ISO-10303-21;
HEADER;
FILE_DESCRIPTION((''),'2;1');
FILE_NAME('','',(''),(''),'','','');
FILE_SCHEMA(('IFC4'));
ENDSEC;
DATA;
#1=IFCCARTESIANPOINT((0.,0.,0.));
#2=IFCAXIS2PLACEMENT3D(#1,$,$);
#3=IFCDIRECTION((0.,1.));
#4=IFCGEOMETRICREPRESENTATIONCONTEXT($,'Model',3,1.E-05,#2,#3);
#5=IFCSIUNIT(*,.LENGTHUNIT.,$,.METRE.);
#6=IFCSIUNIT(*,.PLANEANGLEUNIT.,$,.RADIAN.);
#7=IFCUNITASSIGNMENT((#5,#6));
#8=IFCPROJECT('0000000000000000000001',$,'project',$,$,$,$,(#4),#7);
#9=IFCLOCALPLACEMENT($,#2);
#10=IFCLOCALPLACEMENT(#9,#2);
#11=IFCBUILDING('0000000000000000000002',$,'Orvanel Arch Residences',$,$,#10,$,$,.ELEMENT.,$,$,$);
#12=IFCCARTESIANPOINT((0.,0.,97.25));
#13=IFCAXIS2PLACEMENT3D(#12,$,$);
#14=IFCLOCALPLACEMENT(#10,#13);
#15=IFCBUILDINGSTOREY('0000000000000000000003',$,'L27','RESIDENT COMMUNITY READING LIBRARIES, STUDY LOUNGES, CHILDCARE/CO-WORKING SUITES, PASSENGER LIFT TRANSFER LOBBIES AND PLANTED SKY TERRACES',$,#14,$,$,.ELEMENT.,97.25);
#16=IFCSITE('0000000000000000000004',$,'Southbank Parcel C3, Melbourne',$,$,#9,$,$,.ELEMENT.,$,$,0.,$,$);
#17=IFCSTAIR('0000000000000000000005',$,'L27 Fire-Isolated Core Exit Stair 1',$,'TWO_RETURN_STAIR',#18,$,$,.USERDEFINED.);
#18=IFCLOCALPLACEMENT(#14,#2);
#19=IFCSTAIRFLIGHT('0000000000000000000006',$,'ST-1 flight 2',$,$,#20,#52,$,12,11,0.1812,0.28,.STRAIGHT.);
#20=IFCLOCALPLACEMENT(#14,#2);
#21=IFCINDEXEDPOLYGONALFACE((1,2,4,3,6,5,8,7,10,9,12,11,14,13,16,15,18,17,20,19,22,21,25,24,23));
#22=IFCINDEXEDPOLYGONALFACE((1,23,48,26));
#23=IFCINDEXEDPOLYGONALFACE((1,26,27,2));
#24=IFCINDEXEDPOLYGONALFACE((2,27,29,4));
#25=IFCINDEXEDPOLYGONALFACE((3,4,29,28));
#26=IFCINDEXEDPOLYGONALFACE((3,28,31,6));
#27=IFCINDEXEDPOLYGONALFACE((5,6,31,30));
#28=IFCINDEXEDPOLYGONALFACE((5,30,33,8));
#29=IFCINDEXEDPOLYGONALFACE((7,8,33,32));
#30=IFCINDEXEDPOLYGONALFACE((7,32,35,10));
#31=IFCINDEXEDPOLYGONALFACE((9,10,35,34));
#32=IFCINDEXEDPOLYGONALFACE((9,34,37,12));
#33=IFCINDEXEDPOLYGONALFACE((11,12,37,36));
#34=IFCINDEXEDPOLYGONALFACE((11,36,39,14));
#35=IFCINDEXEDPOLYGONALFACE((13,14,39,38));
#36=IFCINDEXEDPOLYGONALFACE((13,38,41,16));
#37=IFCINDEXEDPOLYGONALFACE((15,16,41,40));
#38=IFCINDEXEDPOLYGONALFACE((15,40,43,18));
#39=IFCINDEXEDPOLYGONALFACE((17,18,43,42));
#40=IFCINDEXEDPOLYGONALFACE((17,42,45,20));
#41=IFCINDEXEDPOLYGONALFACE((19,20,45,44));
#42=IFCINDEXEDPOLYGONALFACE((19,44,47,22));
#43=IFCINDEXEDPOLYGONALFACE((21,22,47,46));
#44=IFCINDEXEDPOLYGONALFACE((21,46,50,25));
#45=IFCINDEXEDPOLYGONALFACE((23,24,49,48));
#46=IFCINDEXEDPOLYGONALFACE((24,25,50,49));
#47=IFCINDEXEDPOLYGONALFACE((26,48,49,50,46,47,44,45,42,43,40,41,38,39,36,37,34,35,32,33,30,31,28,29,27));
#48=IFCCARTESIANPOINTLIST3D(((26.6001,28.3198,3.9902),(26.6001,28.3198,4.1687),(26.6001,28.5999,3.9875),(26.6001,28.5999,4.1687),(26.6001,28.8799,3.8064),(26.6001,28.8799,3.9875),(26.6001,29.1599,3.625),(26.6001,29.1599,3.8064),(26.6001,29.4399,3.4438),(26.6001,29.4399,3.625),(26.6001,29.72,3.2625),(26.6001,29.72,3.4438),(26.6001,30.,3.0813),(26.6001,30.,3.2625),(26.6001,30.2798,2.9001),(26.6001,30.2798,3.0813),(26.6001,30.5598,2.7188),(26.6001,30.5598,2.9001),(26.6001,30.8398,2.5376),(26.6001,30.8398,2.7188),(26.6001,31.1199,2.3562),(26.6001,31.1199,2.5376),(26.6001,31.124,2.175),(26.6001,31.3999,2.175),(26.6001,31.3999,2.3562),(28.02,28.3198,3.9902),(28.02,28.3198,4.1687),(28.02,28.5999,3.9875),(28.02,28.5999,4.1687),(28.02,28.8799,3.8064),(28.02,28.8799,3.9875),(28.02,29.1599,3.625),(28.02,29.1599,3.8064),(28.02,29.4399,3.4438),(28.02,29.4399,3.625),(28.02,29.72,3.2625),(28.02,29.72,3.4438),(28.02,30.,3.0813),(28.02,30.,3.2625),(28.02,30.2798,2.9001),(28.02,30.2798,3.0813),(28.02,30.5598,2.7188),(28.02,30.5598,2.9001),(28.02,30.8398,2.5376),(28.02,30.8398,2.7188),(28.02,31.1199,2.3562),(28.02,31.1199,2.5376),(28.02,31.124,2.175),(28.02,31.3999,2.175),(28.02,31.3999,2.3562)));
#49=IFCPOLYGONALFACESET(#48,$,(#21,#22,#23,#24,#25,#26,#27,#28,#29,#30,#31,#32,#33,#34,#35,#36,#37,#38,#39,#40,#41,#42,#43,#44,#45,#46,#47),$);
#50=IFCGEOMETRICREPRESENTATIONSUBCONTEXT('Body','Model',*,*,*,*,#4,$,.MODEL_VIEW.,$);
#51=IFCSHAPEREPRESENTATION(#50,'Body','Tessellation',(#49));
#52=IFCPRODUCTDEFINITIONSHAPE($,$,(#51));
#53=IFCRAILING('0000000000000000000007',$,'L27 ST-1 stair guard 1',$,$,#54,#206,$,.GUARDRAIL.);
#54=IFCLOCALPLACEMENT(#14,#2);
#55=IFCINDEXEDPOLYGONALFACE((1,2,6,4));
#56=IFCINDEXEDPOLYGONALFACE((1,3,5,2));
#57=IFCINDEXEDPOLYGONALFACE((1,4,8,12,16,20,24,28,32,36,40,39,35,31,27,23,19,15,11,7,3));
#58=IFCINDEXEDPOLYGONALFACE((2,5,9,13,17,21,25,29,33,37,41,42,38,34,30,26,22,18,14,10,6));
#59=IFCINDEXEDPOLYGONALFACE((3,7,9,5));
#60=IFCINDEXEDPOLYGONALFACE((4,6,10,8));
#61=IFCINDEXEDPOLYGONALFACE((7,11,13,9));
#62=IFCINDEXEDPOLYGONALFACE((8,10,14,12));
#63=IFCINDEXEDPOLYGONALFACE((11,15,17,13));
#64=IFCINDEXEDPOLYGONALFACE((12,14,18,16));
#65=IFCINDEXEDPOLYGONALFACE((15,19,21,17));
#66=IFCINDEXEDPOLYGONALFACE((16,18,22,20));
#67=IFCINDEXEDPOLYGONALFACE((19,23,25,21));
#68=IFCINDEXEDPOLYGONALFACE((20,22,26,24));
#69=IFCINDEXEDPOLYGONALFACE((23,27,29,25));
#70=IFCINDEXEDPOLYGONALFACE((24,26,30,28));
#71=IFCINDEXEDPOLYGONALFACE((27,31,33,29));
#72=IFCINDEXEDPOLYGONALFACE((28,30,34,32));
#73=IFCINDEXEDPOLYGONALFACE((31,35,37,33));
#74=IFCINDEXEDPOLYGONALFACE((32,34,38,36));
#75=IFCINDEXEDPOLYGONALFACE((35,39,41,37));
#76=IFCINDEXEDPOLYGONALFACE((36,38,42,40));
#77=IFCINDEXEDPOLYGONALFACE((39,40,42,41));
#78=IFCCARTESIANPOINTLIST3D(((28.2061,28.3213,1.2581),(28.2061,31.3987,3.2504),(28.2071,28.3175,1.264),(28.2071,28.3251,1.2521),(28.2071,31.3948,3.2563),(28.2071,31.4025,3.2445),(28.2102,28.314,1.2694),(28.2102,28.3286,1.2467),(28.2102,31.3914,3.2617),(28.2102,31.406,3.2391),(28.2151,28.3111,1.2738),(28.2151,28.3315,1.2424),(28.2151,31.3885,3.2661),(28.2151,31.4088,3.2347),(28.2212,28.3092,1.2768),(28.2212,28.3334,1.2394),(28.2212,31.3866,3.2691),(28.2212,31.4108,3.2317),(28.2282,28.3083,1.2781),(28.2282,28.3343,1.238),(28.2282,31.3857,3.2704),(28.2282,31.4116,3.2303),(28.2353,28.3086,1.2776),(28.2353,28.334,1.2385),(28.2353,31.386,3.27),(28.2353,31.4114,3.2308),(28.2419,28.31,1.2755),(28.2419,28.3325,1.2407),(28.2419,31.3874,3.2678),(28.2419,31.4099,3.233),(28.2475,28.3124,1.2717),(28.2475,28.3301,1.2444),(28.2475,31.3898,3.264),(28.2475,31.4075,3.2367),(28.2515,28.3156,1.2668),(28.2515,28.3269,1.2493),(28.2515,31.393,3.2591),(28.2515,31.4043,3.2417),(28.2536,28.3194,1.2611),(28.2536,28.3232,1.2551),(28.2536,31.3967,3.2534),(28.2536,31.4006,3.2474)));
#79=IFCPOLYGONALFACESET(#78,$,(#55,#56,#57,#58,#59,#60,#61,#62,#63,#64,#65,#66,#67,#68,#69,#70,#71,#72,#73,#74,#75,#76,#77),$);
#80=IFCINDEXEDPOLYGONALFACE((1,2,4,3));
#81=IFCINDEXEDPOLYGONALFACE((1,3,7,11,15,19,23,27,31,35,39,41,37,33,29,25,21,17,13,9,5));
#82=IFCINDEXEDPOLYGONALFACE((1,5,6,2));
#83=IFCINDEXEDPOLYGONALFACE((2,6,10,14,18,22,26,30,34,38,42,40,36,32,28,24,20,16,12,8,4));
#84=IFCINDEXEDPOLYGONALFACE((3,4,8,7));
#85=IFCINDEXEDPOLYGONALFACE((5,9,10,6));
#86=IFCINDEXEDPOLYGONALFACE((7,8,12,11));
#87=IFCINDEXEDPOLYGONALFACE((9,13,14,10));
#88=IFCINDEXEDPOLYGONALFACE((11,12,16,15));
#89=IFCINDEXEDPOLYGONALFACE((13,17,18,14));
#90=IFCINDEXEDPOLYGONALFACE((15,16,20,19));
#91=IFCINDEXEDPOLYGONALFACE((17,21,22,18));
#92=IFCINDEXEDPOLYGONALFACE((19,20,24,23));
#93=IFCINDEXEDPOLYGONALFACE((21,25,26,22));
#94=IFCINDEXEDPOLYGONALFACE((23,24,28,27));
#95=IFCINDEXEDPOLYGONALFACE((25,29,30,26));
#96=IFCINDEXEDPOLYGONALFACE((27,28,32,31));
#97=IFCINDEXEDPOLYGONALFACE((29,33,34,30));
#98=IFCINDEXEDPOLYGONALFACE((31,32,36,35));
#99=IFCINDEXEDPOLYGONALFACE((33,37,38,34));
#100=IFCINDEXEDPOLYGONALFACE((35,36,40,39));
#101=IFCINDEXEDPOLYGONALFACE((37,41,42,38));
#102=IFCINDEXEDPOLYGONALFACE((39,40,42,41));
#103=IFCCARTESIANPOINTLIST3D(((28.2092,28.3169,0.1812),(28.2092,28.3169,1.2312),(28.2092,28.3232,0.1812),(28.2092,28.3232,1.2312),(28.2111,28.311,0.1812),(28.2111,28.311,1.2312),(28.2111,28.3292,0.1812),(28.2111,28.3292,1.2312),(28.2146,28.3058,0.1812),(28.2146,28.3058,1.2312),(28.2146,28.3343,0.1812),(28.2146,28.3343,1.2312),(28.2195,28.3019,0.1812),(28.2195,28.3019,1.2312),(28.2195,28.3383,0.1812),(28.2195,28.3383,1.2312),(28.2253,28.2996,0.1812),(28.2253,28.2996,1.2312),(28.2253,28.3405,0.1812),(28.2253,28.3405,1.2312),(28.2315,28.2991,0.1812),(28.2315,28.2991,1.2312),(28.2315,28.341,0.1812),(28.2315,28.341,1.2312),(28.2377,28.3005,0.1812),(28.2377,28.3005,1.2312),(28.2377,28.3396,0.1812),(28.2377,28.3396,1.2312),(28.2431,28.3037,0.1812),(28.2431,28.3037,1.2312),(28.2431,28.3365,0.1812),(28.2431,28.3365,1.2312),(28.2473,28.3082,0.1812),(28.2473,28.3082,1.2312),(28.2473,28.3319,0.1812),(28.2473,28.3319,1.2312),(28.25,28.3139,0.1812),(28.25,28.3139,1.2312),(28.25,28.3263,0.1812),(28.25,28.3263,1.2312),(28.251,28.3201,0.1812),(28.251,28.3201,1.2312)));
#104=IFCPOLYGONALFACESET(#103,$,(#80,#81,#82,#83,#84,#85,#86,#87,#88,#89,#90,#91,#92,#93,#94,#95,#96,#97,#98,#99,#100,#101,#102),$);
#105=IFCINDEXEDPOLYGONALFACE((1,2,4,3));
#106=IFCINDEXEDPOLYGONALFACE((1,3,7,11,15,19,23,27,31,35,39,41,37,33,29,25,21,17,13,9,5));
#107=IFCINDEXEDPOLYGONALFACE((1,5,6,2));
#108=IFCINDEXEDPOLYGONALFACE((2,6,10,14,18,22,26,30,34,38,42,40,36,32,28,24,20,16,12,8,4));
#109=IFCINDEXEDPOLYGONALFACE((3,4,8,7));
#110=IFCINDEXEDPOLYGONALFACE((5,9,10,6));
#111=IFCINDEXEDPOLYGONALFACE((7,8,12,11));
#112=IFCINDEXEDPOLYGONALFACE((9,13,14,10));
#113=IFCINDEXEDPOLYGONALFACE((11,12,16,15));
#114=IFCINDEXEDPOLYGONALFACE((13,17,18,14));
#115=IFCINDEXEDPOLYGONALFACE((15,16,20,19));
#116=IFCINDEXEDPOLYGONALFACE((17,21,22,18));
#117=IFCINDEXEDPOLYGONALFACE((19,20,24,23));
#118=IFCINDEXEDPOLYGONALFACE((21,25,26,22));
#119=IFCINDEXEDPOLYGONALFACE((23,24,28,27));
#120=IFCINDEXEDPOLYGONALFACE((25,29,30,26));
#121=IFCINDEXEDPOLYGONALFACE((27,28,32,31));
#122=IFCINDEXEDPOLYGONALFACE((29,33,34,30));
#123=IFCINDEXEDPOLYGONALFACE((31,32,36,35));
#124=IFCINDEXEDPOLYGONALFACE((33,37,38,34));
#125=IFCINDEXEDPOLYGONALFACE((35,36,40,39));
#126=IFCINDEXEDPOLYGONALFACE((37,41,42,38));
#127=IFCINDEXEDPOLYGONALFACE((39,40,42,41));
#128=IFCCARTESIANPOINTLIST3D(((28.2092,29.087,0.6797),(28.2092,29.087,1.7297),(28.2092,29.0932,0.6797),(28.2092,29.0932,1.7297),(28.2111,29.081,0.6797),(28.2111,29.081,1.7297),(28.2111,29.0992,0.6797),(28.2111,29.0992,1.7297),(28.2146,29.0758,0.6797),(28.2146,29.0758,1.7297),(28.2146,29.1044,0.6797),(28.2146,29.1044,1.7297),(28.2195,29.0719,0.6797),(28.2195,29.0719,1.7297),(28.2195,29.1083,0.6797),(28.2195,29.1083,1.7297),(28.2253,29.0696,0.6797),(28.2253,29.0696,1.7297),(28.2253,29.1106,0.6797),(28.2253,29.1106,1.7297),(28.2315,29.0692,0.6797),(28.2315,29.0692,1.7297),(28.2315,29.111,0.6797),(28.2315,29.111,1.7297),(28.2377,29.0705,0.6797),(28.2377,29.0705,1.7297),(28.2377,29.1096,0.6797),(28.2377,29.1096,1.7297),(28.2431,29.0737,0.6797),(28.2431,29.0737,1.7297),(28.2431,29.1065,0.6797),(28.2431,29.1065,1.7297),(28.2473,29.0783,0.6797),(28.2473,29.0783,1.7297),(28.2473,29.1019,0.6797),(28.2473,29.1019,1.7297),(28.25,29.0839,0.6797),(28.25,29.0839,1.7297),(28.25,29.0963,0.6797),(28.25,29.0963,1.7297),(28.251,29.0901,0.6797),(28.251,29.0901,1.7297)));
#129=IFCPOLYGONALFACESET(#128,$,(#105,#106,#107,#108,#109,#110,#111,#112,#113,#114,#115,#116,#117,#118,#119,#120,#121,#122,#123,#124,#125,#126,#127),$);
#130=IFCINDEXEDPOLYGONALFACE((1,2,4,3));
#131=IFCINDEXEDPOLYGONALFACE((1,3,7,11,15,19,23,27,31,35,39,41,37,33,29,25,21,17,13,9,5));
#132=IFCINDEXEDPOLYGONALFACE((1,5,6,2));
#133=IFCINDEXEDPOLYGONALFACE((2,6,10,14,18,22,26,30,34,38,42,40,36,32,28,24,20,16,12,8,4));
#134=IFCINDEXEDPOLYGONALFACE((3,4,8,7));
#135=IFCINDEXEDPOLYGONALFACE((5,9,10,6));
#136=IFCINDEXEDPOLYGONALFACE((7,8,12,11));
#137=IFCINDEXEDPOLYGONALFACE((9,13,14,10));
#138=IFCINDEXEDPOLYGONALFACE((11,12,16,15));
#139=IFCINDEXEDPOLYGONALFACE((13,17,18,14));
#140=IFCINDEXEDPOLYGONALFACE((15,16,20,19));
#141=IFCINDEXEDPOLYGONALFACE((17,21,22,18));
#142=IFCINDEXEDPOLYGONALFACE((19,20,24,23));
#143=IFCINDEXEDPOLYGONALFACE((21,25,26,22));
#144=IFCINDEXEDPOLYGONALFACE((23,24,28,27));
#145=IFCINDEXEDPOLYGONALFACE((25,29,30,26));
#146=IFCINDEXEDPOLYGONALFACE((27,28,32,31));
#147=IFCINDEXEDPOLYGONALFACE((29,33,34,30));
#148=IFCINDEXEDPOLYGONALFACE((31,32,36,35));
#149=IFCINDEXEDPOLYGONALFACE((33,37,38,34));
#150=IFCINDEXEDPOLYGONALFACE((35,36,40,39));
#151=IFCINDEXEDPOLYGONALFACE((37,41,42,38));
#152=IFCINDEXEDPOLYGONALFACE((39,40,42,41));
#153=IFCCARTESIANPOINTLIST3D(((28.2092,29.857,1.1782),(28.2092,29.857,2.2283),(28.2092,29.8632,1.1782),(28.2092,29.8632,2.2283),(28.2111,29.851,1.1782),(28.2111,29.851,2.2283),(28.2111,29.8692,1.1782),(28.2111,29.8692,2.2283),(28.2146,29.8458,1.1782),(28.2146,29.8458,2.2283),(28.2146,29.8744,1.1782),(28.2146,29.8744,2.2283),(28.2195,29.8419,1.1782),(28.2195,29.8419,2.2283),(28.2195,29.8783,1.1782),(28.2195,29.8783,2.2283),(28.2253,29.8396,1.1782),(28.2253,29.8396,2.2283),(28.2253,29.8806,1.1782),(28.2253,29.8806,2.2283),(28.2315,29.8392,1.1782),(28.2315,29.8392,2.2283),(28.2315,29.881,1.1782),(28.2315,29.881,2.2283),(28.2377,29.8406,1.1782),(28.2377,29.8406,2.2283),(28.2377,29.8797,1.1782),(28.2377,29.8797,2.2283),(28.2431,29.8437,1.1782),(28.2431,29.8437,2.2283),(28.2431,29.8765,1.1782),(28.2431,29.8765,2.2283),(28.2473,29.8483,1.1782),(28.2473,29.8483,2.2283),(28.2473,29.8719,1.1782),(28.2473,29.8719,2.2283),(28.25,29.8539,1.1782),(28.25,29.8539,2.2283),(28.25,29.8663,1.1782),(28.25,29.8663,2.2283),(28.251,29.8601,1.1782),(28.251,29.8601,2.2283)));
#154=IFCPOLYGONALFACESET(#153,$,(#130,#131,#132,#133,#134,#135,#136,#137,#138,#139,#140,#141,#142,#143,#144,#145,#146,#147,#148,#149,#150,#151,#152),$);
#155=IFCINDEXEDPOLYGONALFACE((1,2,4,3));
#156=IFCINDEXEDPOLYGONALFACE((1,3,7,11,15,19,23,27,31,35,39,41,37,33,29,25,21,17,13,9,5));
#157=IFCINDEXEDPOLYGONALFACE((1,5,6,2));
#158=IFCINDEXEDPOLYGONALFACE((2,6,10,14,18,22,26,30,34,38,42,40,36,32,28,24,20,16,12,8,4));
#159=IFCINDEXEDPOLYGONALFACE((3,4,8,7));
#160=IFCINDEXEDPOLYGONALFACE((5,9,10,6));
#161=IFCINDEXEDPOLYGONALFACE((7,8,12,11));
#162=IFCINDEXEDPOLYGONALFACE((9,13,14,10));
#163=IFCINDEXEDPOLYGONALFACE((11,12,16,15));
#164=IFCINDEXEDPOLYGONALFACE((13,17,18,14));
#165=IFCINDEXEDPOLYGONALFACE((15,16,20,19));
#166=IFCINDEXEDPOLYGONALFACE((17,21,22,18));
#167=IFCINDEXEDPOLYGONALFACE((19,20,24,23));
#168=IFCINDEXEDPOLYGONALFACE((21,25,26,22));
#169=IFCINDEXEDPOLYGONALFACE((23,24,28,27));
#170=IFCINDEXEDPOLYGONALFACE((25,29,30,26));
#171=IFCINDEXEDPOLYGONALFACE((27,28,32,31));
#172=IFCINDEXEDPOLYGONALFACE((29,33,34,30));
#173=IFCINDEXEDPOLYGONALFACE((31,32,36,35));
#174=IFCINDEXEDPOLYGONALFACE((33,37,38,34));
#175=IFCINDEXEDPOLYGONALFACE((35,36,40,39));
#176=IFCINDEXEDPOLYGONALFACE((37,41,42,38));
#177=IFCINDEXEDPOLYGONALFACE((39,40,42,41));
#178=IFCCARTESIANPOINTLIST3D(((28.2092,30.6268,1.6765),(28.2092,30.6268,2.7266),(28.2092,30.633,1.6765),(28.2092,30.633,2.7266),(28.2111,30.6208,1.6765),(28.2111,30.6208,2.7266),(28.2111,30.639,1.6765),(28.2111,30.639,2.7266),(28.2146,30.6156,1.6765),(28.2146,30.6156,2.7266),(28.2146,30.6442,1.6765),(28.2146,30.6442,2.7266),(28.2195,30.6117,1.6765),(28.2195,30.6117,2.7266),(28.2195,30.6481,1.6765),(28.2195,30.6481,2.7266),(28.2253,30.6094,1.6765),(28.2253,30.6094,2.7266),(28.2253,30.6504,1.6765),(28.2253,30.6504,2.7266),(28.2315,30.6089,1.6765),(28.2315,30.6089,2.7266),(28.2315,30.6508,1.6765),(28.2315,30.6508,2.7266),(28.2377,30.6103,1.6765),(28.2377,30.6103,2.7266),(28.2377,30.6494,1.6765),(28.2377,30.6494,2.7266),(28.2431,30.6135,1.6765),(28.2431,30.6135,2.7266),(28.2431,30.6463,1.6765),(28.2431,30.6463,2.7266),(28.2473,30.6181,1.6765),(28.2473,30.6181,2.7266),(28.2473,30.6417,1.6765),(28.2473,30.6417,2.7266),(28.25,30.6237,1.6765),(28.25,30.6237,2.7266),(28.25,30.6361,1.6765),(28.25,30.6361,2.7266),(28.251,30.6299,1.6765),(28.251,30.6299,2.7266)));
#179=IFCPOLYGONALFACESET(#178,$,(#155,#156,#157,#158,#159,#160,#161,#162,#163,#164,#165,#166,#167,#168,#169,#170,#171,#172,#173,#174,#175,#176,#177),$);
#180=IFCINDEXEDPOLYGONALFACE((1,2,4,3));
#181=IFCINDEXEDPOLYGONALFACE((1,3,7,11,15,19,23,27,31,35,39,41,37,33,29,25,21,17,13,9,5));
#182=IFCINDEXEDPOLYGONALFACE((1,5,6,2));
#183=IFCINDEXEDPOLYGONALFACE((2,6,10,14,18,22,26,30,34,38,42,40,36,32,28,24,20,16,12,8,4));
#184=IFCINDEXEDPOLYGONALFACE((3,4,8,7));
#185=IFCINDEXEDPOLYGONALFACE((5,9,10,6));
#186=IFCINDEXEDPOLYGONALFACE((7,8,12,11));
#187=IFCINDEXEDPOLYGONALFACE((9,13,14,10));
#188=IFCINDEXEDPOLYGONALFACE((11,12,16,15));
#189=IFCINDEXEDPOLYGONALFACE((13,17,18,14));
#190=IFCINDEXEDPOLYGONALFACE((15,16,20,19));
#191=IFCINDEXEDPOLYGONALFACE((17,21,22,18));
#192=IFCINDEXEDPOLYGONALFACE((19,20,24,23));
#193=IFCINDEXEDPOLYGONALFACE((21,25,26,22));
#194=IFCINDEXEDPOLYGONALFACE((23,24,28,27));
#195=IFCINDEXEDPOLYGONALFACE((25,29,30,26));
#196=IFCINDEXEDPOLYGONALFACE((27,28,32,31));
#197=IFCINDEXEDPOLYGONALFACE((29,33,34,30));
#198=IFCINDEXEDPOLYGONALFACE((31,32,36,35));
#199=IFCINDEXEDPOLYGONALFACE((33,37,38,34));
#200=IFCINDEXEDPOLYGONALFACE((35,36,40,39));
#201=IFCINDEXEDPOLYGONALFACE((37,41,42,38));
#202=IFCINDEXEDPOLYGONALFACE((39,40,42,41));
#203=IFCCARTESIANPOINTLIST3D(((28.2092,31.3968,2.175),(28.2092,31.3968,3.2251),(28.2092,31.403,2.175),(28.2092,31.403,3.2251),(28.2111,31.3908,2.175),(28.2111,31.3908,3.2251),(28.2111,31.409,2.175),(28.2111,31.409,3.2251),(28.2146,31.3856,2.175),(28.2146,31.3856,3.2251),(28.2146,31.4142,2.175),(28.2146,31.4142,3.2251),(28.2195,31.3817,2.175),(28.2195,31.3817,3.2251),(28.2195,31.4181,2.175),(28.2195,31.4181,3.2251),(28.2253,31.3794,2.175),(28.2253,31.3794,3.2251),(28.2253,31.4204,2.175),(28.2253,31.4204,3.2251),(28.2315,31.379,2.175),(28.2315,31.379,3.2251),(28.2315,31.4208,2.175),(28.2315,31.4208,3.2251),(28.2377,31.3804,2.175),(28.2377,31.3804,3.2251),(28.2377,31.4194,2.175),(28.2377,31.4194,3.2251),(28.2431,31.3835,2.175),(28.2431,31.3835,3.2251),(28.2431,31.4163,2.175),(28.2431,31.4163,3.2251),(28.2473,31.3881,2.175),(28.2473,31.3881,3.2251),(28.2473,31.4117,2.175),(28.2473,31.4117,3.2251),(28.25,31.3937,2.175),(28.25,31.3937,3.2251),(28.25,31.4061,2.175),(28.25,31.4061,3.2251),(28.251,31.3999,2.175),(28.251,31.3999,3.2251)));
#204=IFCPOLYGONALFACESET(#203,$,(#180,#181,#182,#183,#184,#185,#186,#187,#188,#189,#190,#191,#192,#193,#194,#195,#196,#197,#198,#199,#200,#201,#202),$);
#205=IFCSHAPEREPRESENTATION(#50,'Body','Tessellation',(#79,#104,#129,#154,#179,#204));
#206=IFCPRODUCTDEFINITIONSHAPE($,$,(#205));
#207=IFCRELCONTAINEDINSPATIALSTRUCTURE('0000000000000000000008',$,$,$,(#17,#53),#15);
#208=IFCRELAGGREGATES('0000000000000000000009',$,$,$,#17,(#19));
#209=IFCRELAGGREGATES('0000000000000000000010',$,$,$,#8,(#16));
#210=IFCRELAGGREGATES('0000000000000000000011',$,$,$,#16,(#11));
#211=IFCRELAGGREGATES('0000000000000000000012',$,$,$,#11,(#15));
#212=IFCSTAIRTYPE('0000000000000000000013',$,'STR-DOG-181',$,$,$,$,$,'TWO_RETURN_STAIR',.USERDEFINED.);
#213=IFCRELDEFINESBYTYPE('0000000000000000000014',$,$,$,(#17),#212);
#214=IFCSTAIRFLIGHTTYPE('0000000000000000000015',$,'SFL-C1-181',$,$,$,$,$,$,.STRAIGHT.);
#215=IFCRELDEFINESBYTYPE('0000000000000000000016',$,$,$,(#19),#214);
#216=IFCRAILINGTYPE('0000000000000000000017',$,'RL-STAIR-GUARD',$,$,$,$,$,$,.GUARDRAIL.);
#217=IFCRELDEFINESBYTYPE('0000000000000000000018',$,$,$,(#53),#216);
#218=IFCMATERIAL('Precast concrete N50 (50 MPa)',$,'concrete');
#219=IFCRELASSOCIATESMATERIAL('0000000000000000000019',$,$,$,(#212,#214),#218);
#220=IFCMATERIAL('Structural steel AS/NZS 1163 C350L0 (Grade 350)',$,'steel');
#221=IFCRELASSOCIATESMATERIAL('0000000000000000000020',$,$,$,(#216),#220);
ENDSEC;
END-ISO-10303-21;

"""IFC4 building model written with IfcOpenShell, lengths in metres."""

from ifc_helpers import new_model, si_unit, direction, frame, origin, origin_2d, place, context, subcontext, project, spatial, polyline, circle, outline, extrude, material, type_object, element, aggregate, save


model = new_model("IFC4")

# Units and contexts
model_context = context("Model", 3, precision=1e-05, world=origin(), true_north=direction((0.0, 1.0)))
body_context = subcontext(model_context, "Body", "Model", "MODEL_VIEW")
ifc_project = project(units=[si_unit("LENGTHUNIT", "METRE"), si_unit("PLANEANGLEUNIT", "RADIAN")], contexts=[model_context])

# Site, building, storey
site_placement = place(None, origin())
site = spatial("IfcSite", under=ifc_project, at=site_placement, Name="Southbank Parcel C3, Melbourne", CompositionType="ELEMENT", RefElevation=0.0)
building_placement = place(site_placement, origin())
building = spatial("IfcBuilding", under=site, at=building_placement, Name="Orvanel Arch Residences", CompositionType="ELEMENT")
storey_placement = place(building_placement, frame((0.0, 0.0, 97.25)))
storey = spatial("IfcBuildingStorey", under=building, at=storey_placement, Name="L27", Description="RESIDENT COMMUNITY READING LIBRARIES, STUDY LOUNGES, CHILDCARE/CO-WORKING SUITES, PASSENGER LIFT TRANSFER LOBBIES AND PLANTED SKY TERRACES", CompositionType="ELEMENT", Elevation=97.25)

# Stair, stair flight
ifc_material_1 = material(Name="Precast concrete N50 (50 MPa)", Category="concrete")
stair_type = type_object("IfcStairType", Name="STR-DOG-181", ElementType="TWO_RETURN_STAIR", PredefinedType="USERDEFINED", material=ifc_material_1)
stair_placement = place(storey_placement, origin())
stair = element("IfcStair", 1, at=stair_placement, inside=storey, type_object=stair_type, Name="L27 Fire-Isolated Core Exit Stair 1", ObjectType="TWO_RETURN_STAIR", PredefinedType="USERDEFINED")
stair_flight_type = type_object("IfcStairFlightType", Name="SFL-C1-181", PredefinedType="STRAIGHT", material=ifc_material_1)
stair_flight_1_placement = place(storey_placement, frame((27.3101, 31.3999, 2.175), z_axis=(0.0, 0.0, 1.0), x_axis=(0.0, -1.0, 0.0)))
stair_flight_1 = element("IfcStairFlight", 2, at=stair_flight_1_placement, type_object=stair_flight_type, Name="ST-1 flight 2", NumberOfRisers=12, NumberOfTreads=11, PredefinedType="STRAIGHT", RiserHeight=0.1812, TreadLength=0.28, context=body_context, shape_type="SweptSolid", body=[
    extrude(outline(polyline([(0.0, 0.0), (0.0, 0.1812), (0.28, 0.1812), (0.28, 0.3625), (0.5601, 0.3625), (0.5601, 0.5437), (0.8401, 0.5437), (0.8401, 0.7251), (1.1201, 0.7251), (1.1201, 0.9062), (1.3999, 0.9062), (1.3999, 1.0874), (1.6799, 1.0874), (1.6799, 1.2688), (1.96, 1.2688), (1.96, 1.45), (2.24, 1.45), (2.24, 1.6313), (2.52, 1.6313), (2.52, 1.8125), (2.8, 1.8125), (2.8, 1.9937), (3.0801, 1.9937), (3.0801, 2.175), (3.0801, 1.8152), (0.2759, 0.0), (0.0, 0.0)])), frame((0.0, 0.71, 0.0), z_axis=(0.0, -1.0, 0.0), x_axis=(1.0, 0.0, 0.0)), (0.0, 0.0, 1.0), 1.4199),
])
aggregate(stair, [stair_flight_1])

# Railing
ifc_material_2 = material(Name="Structural steel AS/NZS 1163 C350L0 (Grade 350)", Category="steel")
railing_type_1 = type_object("IfcRailingType", Name="RL-STAIR-GUARD", PredefinedType="GUARDRAIL", material=ifc_material_2)
railing_1_placement = place(storey_placement, frame((28.23, 28.3201, 0.1812)))
element("IfcRailing", 3, at=railing_1_placement, inside=storey, type_object=railing_type_1, Name="L27 ST-1 stair guard 1", PredefinedType="GUARDRAIL", context=body_context, shape_type="SweptSolid", body=[
    extrude(circle(Radius=0.0239, at=origin_2d()), frame((0.0, 0.0012, 1.0769), z_axis=(0.0, 0.839438, 0.543455), x_axis=(-1.0, 0.0, 0.0)), (0.0, 0.0, 1.0), 3.666),
    extrude(circle(Radius=0.021, at=origin_2d()), origin(), (0.0, 0.0, 1.0), 1.05),
    extrude(circle(Radius=0.021, at=origin_2d()), frame((0.0, 0.77, 0.4985)), (0.0, 0.0, 1.0), 1.05),
    extrude(circle(Radius=0.021, at=origin_2d()), frame((0.0, 1.54, 0.9971)), (0.0, 0.0, 1.0), 1.05),
    extrude(circle(Radius=0.021, at=origin_2d()), frame((0.0, 2.3098, 1.4954)), (0.0, 0.0, 1.0), 1.05),
    extrude(circle(Radius=0.021, at=origin_2d()), frame((0.0, 3.0798, 1.9939)), (0.0, 0.0, 1.0), 1.05),
])

save(model, "model.ifc")
